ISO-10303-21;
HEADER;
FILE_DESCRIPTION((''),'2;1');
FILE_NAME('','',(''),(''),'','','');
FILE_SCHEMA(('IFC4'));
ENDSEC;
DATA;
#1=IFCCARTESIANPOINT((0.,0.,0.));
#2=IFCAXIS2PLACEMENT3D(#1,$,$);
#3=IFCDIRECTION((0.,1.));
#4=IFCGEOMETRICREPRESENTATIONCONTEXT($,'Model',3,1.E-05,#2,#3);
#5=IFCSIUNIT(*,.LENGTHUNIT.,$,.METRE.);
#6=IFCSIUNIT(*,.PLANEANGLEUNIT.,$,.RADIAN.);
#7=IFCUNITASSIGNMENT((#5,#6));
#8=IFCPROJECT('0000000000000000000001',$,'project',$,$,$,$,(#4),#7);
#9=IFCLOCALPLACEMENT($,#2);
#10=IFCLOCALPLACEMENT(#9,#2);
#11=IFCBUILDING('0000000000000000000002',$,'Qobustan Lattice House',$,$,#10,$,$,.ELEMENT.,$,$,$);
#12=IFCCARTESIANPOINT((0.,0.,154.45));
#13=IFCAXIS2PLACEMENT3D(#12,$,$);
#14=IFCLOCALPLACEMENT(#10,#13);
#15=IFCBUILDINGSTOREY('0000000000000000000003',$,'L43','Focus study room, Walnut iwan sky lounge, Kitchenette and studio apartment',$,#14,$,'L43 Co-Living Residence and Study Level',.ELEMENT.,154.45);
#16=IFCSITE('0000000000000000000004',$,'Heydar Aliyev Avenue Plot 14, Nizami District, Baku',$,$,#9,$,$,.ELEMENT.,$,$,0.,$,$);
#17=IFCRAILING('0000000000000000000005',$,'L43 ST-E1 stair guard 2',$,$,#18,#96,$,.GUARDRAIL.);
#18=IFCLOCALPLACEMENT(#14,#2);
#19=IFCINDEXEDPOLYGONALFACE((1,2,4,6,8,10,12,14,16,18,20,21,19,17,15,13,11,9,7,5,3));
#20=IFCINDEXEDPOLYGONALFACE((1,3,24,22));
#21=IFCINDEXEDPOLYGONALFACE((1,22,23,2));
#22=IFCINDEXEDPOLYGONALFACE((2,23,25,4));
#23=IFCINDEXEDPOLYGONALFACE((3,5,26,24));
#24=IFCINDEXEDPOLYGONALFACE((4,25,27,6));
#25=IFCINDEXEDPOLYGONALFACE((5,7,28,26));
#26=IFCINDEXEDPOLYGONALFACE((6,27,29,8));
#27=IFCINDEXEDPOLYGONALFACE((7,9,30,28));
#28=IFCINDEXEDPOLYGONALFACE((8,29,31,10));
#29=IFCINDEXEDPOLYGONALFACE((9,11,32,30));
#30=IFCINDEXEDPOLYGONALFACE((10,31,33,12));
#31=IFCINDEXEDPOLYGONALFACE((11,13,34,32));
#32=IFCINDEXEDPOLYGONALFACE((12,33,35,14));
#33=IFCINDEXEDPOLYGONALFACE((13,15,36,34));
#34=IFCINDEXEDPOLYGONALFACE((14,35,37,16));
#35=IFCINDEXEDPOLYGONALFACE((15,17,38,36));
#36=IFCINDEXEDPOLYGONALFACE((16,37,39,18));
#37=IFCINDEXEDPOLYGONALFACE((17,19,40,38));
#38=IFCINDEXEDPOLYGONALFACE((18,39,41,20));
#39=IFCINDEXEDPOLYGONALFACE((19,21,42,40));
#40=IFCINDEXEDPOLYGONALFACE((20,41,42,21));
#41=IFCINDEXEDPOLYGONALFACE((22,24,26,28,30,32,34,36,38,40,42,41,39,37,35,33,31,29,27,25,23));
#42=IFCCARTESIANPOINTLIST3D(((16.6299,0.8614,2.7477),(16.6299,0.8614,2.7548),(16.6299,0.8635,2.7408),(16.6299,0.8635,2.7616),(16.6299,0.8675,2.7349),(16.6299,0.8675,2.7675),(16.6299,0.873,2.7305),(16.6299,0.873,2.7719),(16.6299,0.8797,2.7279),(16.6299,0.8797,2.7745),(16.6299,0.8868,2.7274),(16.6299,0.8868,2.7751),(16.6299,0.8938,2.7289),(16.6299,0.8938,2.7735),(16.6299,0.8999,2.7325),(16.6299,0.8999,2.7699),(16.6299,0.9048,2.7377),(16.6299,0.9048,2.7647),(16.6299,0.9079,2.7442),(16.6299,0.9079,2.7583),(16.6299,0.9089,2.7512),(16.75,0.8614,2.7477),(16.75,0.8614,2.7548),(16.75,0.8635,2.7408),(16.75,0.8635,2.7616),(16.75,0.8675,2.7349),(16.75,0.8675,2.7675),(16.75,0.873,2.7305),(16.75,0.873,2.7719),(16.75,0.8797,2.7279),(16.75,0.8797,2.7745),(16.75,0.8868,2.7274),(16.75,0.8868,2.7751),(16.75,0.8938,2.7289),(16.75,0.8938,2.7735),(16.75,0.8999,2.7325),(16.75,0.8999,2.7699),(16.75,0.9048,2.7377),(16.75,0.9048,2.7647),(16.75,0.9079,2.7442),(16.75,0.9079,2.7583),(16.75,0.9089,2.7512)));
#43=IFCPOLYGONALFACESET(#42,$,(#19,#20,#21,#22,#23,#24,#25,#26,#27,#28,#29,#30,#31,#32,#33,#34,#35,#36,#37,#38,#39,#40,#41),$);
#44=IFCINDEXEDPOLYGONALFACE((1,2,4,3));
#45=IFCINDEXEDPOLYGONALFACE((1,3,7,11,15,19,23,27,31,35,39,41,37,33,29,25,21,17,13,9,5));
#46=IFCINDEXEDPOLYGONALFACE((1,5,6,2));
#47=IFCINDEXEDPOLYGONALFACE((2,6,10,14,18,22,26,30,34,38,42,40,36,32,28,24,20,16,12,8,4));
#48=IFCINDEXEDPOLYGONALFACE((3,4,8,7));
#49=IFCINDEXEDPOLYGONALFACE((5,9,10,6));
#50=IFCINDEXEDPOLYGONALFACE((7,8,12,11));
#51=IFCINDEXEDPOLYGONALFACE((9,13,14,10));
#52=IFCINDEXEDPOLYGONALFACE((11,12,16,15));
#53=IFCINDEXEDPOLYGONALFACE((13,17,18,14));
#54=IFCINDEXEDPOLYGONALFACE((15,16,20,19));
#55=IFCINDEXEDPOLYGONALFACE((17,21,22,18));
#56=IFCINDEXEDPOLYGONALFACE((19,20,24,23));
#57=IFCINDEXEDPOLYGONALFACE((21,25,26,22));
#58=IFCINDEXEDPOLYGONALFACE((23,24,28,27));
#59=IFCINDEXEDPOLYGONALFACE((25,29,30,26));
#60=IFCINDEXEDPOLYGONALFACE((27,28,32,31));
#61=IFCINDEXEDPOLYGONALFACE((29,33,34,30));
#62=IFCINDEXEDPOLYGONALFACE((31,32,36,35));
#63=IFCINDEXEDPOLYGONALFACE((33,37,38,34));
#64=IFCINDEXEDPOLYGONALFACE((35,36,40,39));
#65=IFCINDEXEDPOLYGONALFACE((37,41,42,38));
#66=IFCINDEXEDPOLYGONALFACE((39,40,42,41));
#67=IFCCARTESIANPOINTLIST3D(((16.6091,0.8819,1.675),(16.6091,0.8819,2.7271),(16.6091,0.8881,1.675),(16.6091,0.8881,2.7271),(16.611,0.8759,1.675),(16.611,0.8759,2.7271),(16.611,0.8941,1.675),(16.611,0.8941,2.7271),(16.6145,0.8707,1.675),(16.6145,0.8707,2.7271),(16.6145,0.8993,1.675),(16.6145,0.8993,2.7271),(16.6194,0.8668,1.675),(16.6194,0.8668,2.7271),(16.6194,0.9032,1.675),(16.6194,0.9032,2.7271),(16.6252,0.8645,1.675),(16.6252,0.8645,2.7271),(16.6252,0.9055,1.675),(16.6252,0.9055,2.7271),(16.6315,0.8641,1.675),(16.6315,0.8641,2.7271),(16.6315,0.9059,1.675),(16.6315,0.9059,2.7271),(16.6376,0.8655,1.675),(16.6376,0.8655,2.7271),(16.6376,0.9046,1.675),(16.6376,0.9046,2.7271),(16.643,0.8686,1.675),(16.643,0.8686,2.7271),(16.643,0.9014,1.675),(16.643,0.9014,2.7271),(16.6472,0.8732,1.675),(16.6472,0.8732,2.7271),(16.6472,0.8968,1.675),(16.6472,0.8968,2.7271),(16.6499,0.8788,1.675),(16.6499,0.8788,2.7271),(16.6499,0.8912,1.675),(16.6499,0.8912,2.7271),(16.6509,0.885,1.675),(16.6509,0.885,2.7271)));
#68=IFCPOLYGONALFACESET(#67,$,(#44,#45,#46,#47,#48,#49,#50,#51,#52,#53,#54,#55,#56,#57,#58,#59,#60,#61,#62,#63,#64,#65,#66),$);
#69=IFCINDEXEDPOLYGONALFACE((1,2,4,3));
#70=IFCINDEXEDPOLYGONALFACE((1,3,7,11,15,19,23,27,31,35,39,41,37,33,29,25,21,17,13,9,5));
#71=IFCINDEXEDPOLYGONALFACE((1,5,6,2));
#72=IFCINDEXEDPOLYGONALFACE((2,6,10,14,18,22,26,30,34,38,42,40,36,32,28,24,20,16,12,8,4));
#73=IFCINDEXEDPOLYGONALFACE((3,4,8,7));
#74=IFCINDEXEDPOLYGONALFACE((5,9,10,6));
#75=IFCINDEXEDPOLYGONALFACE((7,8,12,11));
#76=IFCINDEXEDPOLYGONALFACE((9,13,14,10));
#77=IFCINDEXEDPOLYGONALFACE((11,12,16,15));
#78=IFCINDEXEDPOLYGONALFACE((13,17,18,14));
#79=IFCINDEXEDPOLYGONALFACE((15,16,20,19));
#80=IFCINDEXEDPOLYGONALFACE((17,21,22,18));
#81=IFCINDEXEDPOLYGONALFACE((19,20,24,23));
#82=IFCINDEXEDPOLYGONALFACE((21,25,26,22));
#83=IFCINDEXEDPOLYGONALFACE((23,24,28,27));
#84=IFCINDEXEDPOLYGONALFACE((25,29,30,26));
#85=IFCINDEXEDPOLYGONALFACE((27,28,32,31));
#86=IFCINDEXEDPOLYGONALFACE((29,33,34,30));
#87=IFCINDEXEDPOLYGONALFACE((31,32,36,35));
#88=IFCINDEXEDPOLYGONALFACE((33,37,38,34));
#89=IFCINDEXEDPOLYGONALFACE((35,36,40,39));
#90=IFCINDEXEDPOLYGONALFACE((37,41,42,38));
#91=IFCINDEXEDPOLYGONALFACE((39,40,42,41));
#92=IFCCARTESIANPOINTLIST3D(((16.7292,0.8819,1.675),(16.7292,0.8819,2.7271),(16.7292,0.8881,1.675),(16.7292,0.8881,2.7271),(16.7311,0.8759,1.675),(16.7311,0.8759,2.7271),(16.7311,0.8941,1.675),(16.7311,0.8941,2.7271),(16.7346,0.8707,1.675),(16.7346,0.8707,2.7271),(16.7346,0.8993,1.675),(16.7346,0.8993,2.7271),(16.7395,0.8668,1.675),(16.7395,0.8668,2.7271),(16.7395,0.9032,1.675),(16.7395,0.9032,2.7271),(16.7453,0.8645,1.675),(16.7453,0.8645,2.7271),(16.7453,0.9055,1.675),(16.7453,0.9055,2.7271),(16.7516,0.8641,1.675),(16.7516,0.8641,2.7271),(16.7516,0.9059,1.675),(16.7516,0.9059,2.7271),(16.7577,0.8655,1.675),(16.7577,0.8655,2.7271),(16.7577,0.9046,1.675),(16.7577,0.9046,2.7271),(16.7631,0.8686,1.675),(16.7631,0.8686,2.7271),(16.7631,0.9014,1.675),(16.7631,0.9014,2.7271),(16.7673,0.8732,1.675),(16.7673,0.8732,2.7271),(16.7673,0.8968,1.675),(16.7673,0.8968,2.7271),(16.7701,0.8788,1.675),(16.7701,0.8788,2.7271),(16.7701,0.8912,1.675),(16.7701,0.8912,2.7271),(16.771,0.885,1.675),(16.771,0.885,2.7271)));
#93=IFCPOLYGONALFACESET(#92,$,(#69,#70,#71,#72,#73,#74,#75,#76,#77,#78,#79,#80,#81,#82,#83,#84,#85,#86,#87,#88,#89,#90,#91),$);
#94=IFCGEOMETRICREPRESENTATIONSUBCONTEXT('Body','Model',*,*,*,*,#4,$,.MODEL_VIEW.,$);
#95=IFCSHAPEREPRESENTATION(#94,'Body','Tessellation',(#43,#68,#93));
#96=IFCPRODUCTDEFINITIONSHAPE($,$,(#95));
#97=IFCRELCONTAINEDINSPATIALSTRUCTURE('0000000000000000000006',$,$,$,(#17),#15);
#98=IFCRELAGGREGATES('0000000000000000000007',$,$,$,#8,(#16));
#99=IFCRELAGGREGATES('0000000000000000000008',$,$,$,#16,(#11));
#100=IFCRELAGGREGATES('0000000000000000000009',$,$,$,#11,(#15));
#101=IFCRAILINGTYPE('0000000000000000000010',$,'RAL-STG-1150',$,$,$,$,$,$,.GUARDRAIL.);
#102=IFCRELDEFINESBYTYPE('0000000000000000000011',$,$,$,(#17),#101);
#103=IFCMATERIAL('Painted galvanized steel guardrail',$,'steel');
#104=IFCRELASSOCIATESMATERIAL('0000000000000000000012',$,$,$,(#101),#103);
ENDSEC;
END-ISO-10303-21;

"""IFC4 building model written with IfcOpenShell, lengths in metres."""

from ifc_helpers import new_model, si_unit, direction, frame, origin, origin_2d, place, context, subcontext, project, spatial, circle, extrude, material, type_object, element, save


model = new_model("IFC4")

# Units and contexts
model_context = context("Model", 3, precision=1e-05, world=origin(), true_north=direction((0.0, 1.0)))
body_context = subcontext(model_context, "Body", "Model", "MODEL_VIEW")
ifc_project = project(units=[si_unit("LENGTHUNIT", "METRE"), si_unit("PLANEANGLEUNIT", "RADIAN")], contexts=[model_context])

# Site, building, storey
site_placement = place(None, origin())
site = spatial("IfcSite", under=ifc_project, at=site_placement, Name="Heydar Aliyev Avenue Plot 14, Nizami District, Baku", CompositionType="ELEMENT", RefElevation=0.0)
building_placement = place(site_placement, origin())
building = spatial("IfcBuilding", under=site, at=building_placement, Name="Qobustan Lattice House", CompositionType="ELEMENT")
storey_placement = place(building_placement, frame((0.0, 0.0, 154.45)))
storey = spatial("IfcBuildingStorey", under=building, at=storey_placement, Name="L43", Description="Focus study room, Walnut iwan sky lounge, Kitchenette and studio apartment", LongName="L43 Co-Living Residence and Study Level", CompositionType="ELEMENT", Elevation=154.45)

# Railing
ifc_material_1 = material(Name="Painted galvanized steel guardrail", Category="steel")
railing_type_1 = type_object("IfcRailingType", Name="RAL-STG-1150", PredefinedType="GUARDRAIL", material=ifc_material_1)
railing_1_placement = place(storey_placement, frame((16.6299, 0.885, 1.675)))
element("IfcRailing", 1, at=railing_1_placement, inside=storey, type_object=railing_type_1, Name="L43 ST-E1 stair guard 2", PredefinedType="GUARDRAIL", context=body_context, shape_type="SweptSolid", body=[
    extrude(circle(Radius=0.0239, at=origin_2d()), frame((0.0, 0.0, 1.0762), z_axis=(1.0, 0.0, 0.0), x_axis=(0.0, 1.0, 0.0)), (0.0, 0.0, 1.0), 0.1201),
    extrude(circle(Radius=0.021, at=origin_2d()), origin(), (0.0, 0.0, 1.0), 1.052),
    extrude(circle(Radius=0.021, at=origin_2d()), frame((0.1201, 0.0, 0.0)), (0.0, 0.0, 1.0), 1.052),
])

save(model, "model.ifc")
